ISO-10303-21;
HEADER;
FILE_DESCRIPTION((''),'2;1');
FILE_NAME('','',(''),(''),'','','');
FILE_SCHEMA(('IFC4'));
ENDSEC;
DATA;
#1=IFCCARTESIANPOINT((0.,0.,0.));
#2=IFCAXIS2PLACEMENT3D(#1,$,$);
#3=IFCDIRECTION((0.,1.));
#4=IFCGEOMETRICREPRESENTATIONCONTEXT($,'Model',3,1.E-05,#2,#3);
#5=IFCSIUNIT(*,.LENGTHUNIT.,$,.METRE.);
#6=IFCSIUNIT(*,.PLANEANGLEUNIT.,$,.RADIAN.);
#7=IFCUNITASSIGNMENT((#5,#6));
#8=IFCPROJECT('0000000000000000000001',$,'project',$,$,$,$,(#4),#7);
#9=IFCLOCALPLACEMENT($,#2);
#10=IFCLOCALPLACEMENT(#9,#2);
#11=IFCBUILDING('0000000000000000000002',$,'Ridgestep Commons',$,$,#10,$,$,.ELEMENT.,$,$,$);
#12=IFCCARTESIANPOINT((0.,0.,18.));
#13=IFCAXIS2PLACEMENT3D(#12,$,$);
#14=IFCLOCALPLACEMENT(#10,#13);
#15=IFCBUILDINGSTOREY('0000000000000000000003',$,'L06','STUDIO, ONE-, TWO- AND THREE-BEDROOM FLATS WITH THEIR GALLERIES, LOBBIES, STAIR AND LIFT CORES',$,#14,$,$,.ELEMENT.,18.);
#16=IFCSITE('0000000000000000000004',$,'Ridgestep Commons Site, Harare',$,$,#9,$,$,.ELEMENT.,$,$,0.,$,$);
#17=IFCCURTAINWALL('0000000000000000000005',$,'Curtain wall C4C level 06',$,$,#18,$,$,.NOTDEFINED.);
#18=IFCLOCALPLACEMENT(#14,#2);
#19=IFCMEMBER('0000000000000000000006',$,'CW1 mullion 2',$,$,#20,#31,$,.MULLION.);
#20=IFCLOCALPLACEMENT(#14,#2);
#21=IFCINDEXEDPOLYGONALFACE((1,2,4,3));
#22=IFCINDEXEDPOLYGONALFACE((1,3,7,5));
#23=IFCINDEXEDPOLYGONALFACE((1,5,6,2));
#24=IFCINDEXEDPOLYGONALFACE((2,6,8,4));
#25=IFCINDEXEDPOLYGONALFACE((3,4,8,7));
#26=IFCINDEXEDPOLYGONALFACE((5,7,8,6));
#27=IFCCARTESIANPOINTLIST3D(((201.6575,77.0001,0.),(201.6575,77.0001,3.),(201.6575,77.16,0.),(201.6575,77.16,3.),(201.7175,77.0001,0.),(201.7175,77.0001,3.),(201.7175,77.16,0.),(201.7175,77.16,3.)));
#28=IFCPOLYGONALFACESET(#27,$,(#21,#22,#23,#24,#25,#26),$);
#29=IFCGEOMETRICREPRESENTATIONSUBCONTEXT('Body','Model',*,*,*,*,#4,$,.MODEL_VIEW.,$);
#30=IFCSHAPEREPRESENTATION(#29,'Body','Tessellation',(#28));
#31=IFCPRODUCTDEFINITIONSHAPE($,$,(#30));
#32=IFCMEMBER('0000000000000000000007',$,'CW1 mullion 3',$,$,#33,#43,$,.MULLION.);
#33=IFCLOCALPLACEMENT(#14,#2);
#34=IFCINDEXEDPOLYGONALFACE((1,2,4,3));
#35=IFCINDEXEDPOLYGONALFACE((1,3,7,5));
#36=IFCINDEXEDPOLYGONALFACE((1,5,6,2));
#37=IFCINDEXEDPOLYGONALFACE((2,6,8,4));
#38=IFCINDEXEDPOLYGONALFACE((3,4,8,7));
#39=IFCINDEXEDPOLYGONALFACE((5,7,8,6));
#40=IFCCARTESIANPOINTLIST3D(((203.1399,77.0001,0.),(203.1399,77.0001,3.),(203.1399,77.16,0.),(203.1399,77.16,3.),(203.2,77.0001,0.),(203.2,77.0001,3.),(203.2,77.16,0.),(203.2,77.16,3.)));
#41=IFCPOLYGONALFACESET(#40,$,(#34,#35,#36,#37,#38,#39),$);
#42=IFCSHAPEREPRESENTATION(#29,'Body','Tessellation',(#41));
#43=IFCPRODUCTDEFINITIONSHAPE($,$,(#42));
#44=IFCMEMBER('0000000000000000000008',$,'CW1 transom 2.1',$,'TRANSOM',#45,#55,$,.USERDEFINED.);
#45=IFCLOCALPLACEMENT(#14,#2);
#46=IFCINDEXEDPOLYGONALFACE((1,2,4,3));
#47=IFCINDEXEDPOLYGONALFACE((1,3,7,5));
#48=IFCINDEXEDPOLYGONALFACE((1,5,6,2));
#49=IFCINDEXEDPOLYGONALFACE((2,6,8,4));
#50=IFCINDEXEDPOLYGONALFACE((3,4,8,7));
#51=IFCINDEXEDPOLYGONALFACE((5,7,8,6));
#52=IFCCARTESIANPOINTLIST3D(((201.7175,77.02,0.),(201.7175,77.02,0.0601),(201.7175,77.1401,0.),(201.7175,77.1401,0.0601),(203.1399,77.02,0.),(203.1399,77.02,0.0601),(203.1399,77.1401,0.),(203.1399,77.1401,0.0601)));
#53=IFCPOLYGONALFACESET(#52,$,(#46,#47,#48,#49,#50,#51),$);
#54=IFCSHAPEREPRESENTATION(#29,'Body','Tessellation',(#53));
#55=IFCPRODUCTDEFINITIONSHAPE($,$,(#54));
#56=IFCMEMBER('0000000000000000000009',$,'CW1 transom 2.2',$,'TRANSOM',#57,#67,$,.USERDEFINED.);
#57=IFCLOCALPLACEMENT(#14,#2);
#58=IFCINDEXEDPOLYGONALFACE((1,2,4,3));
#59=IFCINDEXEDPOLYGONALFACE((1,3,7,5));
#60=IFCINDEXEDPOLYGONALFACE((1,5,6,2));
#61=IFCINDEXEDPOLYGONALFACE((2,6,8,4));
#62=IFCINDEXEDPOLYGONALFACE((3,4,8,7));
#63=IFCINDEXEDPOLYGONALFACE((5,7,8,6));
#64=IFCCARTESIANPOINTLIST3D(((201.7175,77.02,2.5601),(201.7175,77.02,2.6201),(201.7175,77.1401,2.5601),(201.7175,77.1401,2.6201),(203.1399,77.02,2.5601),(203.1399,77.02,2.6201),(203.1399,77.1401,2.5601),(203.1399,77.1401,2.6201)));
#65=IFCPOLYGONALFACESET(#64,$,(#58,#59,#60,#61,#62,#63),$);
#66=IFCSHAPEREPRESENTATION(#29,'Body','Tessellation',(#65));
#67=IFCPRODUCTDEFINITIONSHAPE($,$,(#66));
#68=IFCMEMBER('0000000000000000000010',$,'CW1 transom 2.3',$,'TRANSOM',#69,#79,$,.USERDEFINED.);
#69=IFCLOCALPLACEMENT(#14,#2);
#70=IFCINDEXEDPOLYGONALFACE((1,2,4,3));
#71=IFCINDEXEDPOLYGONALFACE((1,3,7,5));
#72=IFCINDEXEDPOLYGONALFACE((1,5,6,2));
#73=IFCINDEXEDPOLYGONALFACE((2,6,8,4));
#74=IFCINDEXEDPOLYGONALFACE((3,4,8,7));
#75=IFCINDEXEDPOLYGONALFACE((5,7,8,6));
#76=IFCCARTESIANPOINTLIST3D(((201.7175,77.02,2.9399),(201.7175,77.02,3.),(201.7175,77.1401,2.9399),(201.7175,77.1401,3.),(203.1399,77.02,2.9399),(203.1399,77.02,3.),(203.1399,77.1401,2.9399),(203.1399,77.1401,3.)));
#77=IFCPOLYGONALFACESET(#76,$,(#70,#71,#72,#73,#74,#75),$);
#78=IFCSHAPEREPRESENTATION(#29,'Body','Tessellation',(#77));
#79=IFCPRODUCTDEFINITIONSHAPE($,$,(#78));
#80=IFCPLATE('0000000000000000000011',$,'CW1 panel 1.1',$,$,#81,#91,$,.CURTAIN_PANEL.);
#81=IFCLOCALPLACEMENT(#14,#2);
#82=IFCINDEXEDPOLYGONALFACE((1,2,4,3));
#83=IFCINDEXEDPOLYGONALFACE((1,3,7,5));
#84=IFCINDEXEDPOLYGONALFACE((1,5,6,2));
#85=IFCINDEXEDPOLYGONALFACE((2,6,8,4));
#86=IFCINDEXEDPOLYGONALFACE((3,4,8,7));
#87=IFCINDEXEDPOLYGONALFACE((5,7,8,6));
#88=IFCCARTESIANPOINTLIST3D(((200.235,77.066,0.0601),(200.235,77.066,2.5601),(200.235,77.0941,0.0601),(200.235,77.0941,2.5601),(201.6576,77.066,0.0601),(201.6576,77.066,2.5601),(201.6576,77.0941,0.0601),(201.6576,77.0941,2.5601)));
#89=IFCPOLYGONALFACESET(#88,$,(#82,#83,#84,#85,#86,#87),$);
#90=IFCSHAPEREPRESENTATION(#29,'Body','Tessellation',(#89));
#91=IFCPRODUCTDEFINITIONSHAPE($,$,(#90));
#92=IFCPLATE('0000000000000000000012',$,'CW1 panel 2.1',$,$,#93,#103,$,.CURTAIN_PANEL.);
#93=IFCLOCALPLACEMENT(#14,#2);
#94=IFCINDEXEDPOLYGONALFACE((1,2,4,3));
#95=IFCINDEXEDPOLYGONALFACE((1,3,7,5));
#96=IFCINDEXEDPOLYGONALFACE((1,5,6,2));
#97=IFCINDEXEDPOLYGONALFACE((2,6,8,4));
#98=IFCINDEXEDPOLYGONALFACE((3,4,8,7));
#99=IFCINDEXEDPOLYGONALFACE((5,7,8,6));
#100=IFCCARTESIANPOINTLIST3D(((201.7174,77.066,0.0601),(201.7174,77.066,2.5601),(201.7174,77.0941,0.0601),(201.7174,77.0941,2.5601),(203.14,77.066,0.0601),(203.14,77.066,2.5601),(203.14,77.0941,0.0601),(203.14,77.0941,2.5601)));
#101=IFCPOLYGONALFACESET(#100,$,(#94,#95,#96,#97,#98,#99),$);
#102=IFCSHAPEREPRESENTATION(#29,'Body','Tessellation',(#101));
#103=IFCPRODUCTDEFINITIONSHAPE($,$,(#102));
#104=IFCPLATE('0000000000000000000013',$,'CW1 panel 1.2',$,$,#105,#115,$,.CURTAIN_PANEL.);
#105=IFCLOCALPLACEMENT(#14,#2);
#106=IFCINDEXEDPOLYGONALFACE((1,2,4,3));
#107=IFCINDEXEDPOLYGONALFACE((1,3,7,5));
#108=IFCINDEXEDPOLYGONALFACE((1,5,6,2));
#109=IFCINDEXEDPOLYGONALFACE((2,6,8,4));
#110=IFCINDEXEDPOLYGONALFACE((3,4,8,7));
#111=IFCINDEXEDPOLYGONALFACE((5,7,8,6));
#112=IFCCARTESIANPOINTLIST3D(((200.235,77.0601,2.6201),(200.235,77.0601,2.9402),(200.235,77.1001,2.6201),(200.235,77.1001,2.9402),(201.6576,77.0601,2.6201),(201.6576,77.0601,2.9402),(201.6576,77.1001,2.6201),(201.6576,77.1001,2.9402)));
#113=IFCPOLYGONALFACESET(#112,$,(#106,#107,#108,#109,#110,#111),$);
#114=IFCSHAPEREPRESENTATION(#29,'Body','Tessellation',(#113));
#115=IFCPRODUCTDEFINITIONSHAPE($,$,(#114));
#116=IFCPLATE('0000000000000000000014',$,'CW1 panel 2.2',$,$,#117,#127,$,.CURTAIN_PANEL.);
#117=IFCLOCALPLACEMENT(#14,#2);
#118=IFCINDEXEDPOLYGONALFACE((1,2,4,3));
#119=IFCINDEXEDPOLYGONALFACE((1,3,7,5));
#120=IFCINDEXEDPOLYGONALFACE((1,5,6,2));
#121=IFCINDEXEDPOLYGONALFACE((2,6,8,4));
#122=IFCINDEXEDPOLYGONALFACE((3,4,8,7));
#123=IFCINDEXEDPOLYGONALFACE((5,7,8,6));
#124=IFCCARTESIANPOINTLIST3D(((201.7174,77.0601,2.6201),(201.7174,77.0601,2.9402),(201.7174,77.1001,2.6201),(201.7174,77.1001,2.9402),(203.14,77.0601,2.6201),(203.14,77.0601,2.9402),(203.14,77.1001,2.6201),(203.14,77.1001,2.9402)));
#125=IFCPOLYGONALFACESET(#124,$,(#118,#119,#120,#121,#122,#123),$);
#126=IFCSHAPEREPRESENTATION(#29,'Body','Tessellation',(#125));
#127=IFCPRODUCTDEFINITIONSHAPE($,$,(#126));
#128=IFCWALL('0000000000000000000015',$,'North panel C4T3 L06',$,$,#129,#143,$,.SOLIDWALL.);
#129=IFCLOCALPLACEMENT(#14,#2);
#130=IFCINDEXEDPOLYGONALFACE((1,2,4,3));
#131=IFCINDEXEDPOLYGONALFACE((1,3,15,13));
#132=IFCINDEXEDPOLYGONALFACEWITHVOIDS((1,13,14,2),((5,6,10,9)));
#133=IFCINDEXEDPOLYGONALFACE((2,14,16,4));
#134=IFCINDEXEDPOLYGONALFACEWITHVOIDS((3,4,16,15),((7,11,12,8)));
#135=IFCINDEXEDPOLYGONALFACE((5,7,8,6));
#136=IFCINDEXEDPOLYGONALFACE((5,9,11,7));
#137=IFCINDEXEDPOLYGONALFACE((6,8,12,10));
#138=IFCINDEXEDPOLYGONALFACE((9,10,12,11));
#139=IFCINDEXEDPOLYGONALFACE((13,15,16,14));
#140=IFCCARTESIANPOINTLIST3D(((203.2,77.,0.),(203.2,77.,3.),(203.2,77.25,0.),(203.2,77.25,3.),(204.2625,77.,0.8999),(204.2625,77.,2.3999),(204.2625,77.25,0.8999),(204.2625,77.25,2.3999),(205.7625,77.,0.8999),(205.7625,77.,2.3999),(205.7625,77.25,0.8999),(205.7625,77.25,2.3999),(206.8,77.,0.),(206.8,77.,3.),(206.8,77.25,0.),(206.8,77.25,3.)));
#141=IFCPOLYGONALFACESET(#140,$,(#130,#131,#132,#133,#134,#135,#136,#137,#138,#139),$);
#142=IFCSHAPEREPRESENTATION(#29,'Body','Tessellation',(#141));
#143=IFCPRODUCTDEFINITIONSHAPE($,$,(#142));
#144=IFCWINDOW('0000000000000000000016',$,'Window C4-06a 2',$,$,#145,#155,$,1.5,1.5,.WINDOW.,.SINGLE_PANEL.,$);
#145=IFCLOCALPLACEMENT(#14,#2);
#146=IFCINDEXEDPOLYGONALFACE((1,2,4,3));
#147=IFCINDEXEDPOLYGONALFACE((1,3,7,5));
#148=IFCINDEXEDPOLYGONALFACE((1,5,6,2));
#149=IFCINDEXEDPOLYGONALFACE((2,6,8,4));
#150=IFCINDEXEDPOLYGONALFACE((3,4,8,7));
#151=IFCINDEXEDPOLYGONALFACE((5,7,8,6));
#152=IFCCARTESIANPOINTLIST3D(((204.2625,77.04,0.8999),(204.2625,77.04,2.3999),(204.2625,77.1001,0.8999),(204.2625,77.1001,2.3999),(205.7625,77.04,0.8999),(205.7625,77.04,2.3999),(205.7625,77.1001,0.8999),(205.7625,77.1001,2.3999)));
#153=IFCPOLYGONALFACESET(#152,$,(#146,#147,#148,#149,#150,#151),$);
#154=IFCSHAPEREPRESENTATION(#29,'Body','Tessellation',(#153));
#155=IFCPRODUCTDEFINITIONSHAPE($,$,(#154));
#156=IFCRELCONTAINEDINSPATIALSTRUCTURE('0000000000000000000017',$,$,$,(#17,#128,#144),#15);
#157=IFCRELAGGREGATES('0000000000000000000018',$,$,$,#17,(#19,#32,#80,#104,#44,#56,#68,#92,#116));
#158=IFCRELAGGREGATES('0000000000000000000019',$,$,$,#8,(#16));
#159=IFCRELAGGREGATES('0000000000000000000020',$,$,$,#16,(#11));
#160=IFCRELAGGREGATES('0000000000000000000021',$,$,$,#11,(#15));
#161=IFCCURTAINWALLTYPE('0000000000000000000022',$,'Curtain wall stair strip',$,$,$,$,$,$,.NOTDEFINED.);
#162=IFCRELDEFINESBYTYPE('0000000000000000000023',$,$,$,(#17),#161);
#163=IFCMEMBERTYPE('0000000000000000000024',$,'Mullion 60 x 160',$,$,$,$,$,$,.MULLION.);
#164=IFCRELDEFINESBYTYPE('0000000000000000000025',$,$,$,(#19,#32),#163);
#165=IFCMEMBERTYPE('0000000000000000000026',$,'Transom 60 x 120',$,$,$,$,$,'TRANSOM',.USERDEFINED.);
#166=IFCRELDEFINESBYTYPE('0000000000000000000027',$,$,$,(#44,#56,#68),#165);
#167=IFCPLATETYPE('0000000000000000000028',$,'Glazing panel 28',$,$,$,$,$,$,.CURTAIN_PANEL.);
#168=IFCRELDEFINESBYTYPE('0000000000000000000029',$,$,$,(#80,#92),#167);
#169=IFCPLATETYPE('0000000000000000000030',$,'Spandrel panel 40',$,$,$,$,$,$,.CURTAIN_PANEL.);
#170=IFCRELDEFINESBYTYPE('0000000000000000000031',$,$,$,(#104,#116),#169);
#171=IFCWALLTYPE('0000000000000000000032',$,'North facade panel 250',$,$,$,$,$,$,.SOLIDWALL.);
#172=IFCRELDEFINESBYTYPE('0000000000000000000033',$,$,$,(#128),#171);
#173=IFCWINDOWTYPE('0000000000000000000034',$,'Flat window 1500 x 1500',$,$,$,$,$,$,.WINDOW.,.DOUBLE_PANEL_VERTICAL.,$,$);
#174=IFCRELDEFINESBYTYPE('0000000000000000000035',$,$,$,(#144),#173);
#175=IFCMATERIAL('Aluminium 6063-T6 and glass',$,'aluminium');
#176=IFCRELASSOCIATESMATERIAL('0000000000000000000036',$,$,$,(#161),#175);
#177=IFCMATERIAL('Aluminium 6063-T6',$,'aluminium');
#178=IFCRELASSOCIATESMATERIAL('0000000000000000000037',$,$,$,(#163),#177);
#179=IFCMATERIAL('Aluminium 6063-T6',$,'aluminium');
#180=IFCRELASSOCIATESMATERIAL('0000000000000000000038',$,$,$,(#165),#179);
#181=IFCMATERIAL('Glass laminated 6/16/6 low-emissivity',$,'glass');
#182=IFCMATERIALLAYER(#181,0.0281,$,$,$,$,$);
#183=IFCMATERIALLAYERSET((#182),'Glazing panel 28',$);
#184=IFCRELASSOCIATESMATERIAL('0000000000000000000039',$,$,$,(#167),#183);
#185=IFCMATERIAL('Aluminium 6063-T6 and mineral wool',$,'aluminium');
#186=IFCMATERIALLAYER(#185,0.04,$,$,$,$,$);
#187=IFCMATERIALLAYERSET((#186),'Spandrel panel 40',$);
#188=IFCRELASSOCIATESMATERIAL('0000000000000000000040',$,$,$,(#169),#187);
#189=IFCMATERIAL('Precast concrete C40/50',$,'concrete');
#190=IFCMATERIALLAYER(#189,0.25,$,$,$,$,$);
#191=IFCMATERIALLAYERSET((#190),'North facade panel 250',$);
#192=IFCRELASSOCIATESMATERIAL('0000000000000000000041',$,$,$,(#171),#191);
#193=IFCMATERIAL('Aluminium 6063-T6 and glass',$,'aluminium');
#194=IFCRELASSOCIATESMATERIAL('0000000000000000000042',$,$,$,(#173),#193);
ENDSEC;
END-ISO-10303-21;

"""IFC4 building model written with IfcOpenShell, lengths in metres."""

from ifc_helpers import new_model, si_unit, direction, frame, frame_2d, origin, origin_2d, place, context, subcontext, project, spatial, rectangle, extrude, material, layer, layer_set, material_profile, profile_set, type_object, element, fill, aggregate, save


model = new_model("IFC4")

# Units and contexts
model_context = context("Model", 3, precision=1e-05, world=origin(), true_north=direction((0.0, 1.0)))
body_context = subcontext(model_context, "Body", "Model", "MODEL_VIEW")
ifc_project = project(units=[si_unit("LENGTHUNIT", "METRE"), si_unit("PLANEANGLEUNIT", "RADIAN")], contexts=[model_context])

# Site, building, storey
site_placement = place(None, origin())
site = spatial("IfcSite", under=ifc_project, at=site_placement, Name="Ridgestep Commons Site, Harare", CompositionType="ELEMENT", RefElevation=0.0)
building_placement = place(site_placement, origin())
building = spatial("IfcBuilding", under=site, at=building_placement, Name="Ridgestep Commons", CompositionType="ELEMENT")
storey_placement = place(building_placement, frame((0.0, 0.0, 18.0)))
storey = spatial("IfcBuildingStorey", under=building, at=storey_placement, Name="L06", Description="STUDIO, ONE-, TWO- AND THREE-BEDROOM FLATS WITH THEIR GALLERIES, LOBBIES, STAIR AND LIFT CORES", CompositionType="ELEMENT", Elevation=18.0)

# Curtain wall, members, plates
ifc_material_1 = material(Name="Aluminium 6063-T6 and glass", Category="aluminium")
curtain_wall_type = type_object("IfcCurtainWallType", Name="Curtain wall stair strip", PredefinedType="NOTDEFINED", material=ifc_material_1)
curtain_wall_placement = place(storey_placement, origin())
curtain_wall = element("IfcCurtainWall", 1, at=curtain_wall_placement, inside=storey, type_object=curtain_wall_type, Name="Curtain wall C4C level 06", PredefinedType="NOTDEFINED")
ifc_material_2 = material(Name="Aluminium 6063-T6", Category="aluminium")
ifc_material_profile_1 = material_profile(ifc_material_2, rectangle(XDim=0.1599, YDim=0.0601, at=origin_2d()), Name="Mullion 60 x 160")
ifc_profile_set_1 = profile_set([ifc_material_profile_1], Name="Aluminium 6063-T6")
member_type_1 = type_object("IfcMemberType", Name="Mullion 60 x 160", PredefinedType="MULLION", material=ifc_profile_set_1)
member_1_placement = place(storey_placement, frame((201.6875, 77.0801, 0.0), z_axis=(0.0, 0.0, 1.0), x_axis=(0.0, 1.0, 0.0)))
member_1 = element("IfcMember", 2, at=member_1_placement, type_object=member_type_1, Name="CW1 mullion 2", PredefinedType="MULLION", context=body_context, shape_type="SweptSolid", body=[
    extrude(rectangle(XDim=0.1599, YDim=0.0601, at=origin_2d()), origin(), (0.0, 0.0, 1.0), 3.0),
])
member_2_placement = place(storey_placement, frame((203.1699, 77.0801, 0.0), z_axis=(0.0, 0.0, 1.0), x_axis=(0.0, 1.0, 0.0)))
member_2 = element("IfcMember", 3, at=member_2_placement, type_object=member_type_1, Name="CW1 mullion 3", PredefinedType="MULLION", context=body_context, shape_type="SweptSolid", body=[
    extrude(rectangle(XDim=0.1599, YDim=0.0601, at=origin_2d()), origin(), (0.0, 0.0, 1.0), 3.0),
])
ifc_material_3 = material(Name="Aluminium 6063-T6", Category="aluminium")
ifc_material_profile_2 = material_profile(ifc_material_3, rectangle(XDim=0.1201, YDim=0.0601, at=origin_2d()), Name="Transom 60 x 120")
ifc_profile_set_2 = profile_set([ifc_material_profile_2], Name="Aluminium 6063-T6")
member_type_2 = type_object("IfcMemberType", Name="Transom 60 x 120", ElementType="TRANSOM", PredefinedType="USERDEFINED", material=ifc_profile_set_2)
member_3_placement = place(storey_placement, frame((201.7175, 77.0801, 0.03), z_axis=(1.0, 0.0, 0.0), x_axis=(0.0, 1.0, 0.0)))
member_3 = element("IfcMember", 4, at=member_3_placement, type_object=member_type_2, Name="CW1 transom 2.1", ObjectType="TRANSOM", PredefinedType="USERDEFINED", context=body_context, shape_type="SweptSolid", body=[
    extrude(rectangle(XDim=0.1201, YDim=0.0601, at=origin_2d()), origin(), (0.0, 0.0, 1.0), 1.4224),
])
member_4_placement = place(storey_placement, frame((201.7175, 77.0801, 2.5901), z_axis=(1.0, 0.0, 0.0), x_axis=(0.0, 1.0, 0.0)))
member_4 = element("IfcMember", 5, at=member_4_placement, type_object=member_type_2, Name="CW1 transom 2.2", ObjectType="TRANSOM", PredefinedType="USERDEFINED", context=body_context, shape_type="SweptSolid", body=[
    extrude(rectangle(XDim=0.1201, YDim=0.0601, at=origin_2d()), origin(), (0.0, 0.0, 1.0), 1.4224),
])
member_5_placement = place(storey_placement, frame((201.7175, 77.0801, 2.97), z_axis=(1.0, 0.0, 0.0), x_axis=(0.0, 1.0, 0.0)))
member_5 = element("IfcMember", 6, at=member_5_placement, type_object=member_type_2, Name="CW1 transom 2.3", ObjectType="TRANSOM", PredefinedType="USERDEFINED", context=body_context, shape_type="SweptSolid", body=[
    extrude(rectangle(XDim=0.1201, YDim=0.0601, at=origin_2d()), origin(), (0.0, 0.0, 1.0), 1.4224),
])
ifc_material_4 = material(Name="Glass laminated 6/16/6 low-emissivity", Category="glass")
ifc_layer_1 = layer(ifc_material_4, 0.0281)
ifc_layer_set_1 = layer_set([ifc_layer_1], Name="Glazing panel 28")
plate_type_1 = type_object("IfcPlateType", Name="Glazing panel 28", PredefinedType="CURTAIN_PANEL", material=ifc_layer_set_1)
plate_1_placement = place(storey_placement, frame((200.9463, 77.0801, 0.0601), z_axis=(0.0, 0.0, 1.0), x_axis=(1.0, 0.0, 0.0)))
plate_1 = element("IfcPlate", 7, at=plate_1_placement, type_object=plate_type_1, Name="CW1 panel 1.1", PredefinedType="CURTAIN_PANEL", context=body_context, shape_type="SweptSolid", body=[
    extrude(rectangle(XDim=1.4226, YDim=0.0281, at=origin_2d()), origin(), (0.0, 0.0, 1.0), 2.5),
])
plate_2_placement = place(storey_placement, frame((202.4287, 77.0801, 0.0601), z_axis=(0.0, 0.0, 1.0), x_axis=(1.0, 0.0, 0.0)))
plate_2 = element("IfcPlate", 8, at=plate_2_placement, type_object=plate_type_1, Name="CW1 panel 2.1", PredefinedType="CURTAIN_PANEL", context=body_context, shape_type="SweptSolid", body=[
    extrude(rectangle(XDim=1.4226, YDim=0.0281, at=origin_2d()), origin(), (0.0, 0.0, 1.0), 2.5),
])
ifc_material_5 = material(Name="Aluminium 6063-T6 and mineral wool", Category="aluminium")
ifc_layer_2 = layer(ifc_material_5, 0.04)
ifc_layer_set_2 = layer_set([ifc_layer_2], Name="Spandrel panel 40")
plate_type_2 = type_object("IfcPlateType", Name="Spandrel panel 40", PredefinedType="CURTAIN_PANEL", material=ifc_layer_set_2)
plate_3_placement = place(storey_placement, frame((200.9463, 77.0801, 2.6201), z_axis=(0.0, 0.0, 1.0), x_axis=(1.0, 0.0, 0.0)))
plate_3 = element("IfcPlate", 9, at=plate_3_placement, type_object=plate_type_2, Name="CW1 panel 1.2", PredefinedType="CURTAIN_PANEL", context=body_context, shape_type="SweptSolid", body=[
    extrude(rectangle(XDim=1.4226, YDim=0.04, at=origin_2d()), origin(), (0.0, 0.0, 1.0), 0.3201),
])
plate_4_placement = place(storey_placement, frame((202.4287, 77.0801, 2.6201), z_axis=(0.0, 0.0, 1.0), x_axis=(1.0, 0.0, 0.0)))
plate_4 = element("IfcPlate", 10, at=plate_4_placement, type_object=plate_type_2, Name="CW1 panel 2.2", PredefinedType="CURTAIN_PANEL", context=body_context, shape_type="SweptSolid", body=[
    extrude(rectangle(XDim=1.4226, YDim=0.04, at=origin_2d()), origin(), (0.0, 0.0, 1.0), 0.3201),
])
aggregate(curtain_wall, [member_1, member_2, plate_1, plate_3, member_3, member_4, member_5, plate_2, plate_4])

# Wall, opening, window
ifc_material_6 = material(Name="Precast concrete C40/50", Category="concrete")
ifc_layer_3 = layer(ifc_material_6, 0.25)
ifc_layer_set_3 = layer_set([ifc_layer_3], Name="North facade panel 250")
wall_type = type_object("IfcWallType", Name="North facade panel 250", PredefinedType="SOLIDWALL", material=ifc_layer_set_3)
wall_1_placement = place(storey_placement, frame((203.2, 77.125, 0.0), z_axis=(0.0, 0.0, 1.0), x_axis=(1.0, 0.0, 0.0)))
wall_1 = element("IfcWall", 11, at=wall_1_placement, inside=storey, type_object=wall_type, Name="North panel C4T3 L06", PredefinedType="SOLIDWALL", context=body_context, shape_type="SweptSolid", body=[
    extrude(rectangle(XDim=3.6001, YDim=0.25, at=frame_2d((1.8, 0.0))), origin(), (0.0, 0.0, 1.0), 3.0),
])
opening_1_placement = place(wall_1_placement, frame((1.0625, 0.0, 0.8999)))
opening_1 = element("IfcOpeningElement", 12, at=opening_1_placement, cuts=wall_1, PredefinedType="OPENING", context=body_context, shape_type="SweptSolid", body=[
    extrude(rectangle(XDim=1.5, YDim=1.5, at=frame_2d((0.75, 0.75))), frame((0.0, 0.135, 0.0), z_axis=(0.0, -1.0, 0.0), x_axis=(1.0, 0.0, 0.0)), (0.0, 0.0, 1.0), 0.27),
])
ifc_material_7 = material(Name="Aluminium 6063-T6 and glass", Category="aluminium")
window_type = type_object("IfcWindowType", Name="Flat window 1500 x 1500", PartitioningType="DOUBLE_PANEL_VERTICAL", PredefinedType="WINDOW", material=ifc_material_7)
window_1_placement = place(opening_1_placement, origin())
window_1 = element("IfcWindow", 13, at=window_1_placement, inside=storey, type_object=window_type, Name="Window C4-06a 2", OverallHeight=1.5, OverallWidth=1.5, PartitioningType="SINGLE_PANEL", PredefinedType="WINDOW", context=body_context, shape_type="SweptSolid", body=[
    extrude(rectangle(XDim=1.5, YDim=1.5, at=frame_2d((0.75, 0.75))), frame((0.0, -0.0249, 0.0), z_axis=(0.0, -1.0, 0.0), x_axis=(1.0, 0.0, 0.0)), (0.0, 0.0, 1.0), 0.0601),
])
fill(opening_1, window_1)

save(model, "model.ifc")
